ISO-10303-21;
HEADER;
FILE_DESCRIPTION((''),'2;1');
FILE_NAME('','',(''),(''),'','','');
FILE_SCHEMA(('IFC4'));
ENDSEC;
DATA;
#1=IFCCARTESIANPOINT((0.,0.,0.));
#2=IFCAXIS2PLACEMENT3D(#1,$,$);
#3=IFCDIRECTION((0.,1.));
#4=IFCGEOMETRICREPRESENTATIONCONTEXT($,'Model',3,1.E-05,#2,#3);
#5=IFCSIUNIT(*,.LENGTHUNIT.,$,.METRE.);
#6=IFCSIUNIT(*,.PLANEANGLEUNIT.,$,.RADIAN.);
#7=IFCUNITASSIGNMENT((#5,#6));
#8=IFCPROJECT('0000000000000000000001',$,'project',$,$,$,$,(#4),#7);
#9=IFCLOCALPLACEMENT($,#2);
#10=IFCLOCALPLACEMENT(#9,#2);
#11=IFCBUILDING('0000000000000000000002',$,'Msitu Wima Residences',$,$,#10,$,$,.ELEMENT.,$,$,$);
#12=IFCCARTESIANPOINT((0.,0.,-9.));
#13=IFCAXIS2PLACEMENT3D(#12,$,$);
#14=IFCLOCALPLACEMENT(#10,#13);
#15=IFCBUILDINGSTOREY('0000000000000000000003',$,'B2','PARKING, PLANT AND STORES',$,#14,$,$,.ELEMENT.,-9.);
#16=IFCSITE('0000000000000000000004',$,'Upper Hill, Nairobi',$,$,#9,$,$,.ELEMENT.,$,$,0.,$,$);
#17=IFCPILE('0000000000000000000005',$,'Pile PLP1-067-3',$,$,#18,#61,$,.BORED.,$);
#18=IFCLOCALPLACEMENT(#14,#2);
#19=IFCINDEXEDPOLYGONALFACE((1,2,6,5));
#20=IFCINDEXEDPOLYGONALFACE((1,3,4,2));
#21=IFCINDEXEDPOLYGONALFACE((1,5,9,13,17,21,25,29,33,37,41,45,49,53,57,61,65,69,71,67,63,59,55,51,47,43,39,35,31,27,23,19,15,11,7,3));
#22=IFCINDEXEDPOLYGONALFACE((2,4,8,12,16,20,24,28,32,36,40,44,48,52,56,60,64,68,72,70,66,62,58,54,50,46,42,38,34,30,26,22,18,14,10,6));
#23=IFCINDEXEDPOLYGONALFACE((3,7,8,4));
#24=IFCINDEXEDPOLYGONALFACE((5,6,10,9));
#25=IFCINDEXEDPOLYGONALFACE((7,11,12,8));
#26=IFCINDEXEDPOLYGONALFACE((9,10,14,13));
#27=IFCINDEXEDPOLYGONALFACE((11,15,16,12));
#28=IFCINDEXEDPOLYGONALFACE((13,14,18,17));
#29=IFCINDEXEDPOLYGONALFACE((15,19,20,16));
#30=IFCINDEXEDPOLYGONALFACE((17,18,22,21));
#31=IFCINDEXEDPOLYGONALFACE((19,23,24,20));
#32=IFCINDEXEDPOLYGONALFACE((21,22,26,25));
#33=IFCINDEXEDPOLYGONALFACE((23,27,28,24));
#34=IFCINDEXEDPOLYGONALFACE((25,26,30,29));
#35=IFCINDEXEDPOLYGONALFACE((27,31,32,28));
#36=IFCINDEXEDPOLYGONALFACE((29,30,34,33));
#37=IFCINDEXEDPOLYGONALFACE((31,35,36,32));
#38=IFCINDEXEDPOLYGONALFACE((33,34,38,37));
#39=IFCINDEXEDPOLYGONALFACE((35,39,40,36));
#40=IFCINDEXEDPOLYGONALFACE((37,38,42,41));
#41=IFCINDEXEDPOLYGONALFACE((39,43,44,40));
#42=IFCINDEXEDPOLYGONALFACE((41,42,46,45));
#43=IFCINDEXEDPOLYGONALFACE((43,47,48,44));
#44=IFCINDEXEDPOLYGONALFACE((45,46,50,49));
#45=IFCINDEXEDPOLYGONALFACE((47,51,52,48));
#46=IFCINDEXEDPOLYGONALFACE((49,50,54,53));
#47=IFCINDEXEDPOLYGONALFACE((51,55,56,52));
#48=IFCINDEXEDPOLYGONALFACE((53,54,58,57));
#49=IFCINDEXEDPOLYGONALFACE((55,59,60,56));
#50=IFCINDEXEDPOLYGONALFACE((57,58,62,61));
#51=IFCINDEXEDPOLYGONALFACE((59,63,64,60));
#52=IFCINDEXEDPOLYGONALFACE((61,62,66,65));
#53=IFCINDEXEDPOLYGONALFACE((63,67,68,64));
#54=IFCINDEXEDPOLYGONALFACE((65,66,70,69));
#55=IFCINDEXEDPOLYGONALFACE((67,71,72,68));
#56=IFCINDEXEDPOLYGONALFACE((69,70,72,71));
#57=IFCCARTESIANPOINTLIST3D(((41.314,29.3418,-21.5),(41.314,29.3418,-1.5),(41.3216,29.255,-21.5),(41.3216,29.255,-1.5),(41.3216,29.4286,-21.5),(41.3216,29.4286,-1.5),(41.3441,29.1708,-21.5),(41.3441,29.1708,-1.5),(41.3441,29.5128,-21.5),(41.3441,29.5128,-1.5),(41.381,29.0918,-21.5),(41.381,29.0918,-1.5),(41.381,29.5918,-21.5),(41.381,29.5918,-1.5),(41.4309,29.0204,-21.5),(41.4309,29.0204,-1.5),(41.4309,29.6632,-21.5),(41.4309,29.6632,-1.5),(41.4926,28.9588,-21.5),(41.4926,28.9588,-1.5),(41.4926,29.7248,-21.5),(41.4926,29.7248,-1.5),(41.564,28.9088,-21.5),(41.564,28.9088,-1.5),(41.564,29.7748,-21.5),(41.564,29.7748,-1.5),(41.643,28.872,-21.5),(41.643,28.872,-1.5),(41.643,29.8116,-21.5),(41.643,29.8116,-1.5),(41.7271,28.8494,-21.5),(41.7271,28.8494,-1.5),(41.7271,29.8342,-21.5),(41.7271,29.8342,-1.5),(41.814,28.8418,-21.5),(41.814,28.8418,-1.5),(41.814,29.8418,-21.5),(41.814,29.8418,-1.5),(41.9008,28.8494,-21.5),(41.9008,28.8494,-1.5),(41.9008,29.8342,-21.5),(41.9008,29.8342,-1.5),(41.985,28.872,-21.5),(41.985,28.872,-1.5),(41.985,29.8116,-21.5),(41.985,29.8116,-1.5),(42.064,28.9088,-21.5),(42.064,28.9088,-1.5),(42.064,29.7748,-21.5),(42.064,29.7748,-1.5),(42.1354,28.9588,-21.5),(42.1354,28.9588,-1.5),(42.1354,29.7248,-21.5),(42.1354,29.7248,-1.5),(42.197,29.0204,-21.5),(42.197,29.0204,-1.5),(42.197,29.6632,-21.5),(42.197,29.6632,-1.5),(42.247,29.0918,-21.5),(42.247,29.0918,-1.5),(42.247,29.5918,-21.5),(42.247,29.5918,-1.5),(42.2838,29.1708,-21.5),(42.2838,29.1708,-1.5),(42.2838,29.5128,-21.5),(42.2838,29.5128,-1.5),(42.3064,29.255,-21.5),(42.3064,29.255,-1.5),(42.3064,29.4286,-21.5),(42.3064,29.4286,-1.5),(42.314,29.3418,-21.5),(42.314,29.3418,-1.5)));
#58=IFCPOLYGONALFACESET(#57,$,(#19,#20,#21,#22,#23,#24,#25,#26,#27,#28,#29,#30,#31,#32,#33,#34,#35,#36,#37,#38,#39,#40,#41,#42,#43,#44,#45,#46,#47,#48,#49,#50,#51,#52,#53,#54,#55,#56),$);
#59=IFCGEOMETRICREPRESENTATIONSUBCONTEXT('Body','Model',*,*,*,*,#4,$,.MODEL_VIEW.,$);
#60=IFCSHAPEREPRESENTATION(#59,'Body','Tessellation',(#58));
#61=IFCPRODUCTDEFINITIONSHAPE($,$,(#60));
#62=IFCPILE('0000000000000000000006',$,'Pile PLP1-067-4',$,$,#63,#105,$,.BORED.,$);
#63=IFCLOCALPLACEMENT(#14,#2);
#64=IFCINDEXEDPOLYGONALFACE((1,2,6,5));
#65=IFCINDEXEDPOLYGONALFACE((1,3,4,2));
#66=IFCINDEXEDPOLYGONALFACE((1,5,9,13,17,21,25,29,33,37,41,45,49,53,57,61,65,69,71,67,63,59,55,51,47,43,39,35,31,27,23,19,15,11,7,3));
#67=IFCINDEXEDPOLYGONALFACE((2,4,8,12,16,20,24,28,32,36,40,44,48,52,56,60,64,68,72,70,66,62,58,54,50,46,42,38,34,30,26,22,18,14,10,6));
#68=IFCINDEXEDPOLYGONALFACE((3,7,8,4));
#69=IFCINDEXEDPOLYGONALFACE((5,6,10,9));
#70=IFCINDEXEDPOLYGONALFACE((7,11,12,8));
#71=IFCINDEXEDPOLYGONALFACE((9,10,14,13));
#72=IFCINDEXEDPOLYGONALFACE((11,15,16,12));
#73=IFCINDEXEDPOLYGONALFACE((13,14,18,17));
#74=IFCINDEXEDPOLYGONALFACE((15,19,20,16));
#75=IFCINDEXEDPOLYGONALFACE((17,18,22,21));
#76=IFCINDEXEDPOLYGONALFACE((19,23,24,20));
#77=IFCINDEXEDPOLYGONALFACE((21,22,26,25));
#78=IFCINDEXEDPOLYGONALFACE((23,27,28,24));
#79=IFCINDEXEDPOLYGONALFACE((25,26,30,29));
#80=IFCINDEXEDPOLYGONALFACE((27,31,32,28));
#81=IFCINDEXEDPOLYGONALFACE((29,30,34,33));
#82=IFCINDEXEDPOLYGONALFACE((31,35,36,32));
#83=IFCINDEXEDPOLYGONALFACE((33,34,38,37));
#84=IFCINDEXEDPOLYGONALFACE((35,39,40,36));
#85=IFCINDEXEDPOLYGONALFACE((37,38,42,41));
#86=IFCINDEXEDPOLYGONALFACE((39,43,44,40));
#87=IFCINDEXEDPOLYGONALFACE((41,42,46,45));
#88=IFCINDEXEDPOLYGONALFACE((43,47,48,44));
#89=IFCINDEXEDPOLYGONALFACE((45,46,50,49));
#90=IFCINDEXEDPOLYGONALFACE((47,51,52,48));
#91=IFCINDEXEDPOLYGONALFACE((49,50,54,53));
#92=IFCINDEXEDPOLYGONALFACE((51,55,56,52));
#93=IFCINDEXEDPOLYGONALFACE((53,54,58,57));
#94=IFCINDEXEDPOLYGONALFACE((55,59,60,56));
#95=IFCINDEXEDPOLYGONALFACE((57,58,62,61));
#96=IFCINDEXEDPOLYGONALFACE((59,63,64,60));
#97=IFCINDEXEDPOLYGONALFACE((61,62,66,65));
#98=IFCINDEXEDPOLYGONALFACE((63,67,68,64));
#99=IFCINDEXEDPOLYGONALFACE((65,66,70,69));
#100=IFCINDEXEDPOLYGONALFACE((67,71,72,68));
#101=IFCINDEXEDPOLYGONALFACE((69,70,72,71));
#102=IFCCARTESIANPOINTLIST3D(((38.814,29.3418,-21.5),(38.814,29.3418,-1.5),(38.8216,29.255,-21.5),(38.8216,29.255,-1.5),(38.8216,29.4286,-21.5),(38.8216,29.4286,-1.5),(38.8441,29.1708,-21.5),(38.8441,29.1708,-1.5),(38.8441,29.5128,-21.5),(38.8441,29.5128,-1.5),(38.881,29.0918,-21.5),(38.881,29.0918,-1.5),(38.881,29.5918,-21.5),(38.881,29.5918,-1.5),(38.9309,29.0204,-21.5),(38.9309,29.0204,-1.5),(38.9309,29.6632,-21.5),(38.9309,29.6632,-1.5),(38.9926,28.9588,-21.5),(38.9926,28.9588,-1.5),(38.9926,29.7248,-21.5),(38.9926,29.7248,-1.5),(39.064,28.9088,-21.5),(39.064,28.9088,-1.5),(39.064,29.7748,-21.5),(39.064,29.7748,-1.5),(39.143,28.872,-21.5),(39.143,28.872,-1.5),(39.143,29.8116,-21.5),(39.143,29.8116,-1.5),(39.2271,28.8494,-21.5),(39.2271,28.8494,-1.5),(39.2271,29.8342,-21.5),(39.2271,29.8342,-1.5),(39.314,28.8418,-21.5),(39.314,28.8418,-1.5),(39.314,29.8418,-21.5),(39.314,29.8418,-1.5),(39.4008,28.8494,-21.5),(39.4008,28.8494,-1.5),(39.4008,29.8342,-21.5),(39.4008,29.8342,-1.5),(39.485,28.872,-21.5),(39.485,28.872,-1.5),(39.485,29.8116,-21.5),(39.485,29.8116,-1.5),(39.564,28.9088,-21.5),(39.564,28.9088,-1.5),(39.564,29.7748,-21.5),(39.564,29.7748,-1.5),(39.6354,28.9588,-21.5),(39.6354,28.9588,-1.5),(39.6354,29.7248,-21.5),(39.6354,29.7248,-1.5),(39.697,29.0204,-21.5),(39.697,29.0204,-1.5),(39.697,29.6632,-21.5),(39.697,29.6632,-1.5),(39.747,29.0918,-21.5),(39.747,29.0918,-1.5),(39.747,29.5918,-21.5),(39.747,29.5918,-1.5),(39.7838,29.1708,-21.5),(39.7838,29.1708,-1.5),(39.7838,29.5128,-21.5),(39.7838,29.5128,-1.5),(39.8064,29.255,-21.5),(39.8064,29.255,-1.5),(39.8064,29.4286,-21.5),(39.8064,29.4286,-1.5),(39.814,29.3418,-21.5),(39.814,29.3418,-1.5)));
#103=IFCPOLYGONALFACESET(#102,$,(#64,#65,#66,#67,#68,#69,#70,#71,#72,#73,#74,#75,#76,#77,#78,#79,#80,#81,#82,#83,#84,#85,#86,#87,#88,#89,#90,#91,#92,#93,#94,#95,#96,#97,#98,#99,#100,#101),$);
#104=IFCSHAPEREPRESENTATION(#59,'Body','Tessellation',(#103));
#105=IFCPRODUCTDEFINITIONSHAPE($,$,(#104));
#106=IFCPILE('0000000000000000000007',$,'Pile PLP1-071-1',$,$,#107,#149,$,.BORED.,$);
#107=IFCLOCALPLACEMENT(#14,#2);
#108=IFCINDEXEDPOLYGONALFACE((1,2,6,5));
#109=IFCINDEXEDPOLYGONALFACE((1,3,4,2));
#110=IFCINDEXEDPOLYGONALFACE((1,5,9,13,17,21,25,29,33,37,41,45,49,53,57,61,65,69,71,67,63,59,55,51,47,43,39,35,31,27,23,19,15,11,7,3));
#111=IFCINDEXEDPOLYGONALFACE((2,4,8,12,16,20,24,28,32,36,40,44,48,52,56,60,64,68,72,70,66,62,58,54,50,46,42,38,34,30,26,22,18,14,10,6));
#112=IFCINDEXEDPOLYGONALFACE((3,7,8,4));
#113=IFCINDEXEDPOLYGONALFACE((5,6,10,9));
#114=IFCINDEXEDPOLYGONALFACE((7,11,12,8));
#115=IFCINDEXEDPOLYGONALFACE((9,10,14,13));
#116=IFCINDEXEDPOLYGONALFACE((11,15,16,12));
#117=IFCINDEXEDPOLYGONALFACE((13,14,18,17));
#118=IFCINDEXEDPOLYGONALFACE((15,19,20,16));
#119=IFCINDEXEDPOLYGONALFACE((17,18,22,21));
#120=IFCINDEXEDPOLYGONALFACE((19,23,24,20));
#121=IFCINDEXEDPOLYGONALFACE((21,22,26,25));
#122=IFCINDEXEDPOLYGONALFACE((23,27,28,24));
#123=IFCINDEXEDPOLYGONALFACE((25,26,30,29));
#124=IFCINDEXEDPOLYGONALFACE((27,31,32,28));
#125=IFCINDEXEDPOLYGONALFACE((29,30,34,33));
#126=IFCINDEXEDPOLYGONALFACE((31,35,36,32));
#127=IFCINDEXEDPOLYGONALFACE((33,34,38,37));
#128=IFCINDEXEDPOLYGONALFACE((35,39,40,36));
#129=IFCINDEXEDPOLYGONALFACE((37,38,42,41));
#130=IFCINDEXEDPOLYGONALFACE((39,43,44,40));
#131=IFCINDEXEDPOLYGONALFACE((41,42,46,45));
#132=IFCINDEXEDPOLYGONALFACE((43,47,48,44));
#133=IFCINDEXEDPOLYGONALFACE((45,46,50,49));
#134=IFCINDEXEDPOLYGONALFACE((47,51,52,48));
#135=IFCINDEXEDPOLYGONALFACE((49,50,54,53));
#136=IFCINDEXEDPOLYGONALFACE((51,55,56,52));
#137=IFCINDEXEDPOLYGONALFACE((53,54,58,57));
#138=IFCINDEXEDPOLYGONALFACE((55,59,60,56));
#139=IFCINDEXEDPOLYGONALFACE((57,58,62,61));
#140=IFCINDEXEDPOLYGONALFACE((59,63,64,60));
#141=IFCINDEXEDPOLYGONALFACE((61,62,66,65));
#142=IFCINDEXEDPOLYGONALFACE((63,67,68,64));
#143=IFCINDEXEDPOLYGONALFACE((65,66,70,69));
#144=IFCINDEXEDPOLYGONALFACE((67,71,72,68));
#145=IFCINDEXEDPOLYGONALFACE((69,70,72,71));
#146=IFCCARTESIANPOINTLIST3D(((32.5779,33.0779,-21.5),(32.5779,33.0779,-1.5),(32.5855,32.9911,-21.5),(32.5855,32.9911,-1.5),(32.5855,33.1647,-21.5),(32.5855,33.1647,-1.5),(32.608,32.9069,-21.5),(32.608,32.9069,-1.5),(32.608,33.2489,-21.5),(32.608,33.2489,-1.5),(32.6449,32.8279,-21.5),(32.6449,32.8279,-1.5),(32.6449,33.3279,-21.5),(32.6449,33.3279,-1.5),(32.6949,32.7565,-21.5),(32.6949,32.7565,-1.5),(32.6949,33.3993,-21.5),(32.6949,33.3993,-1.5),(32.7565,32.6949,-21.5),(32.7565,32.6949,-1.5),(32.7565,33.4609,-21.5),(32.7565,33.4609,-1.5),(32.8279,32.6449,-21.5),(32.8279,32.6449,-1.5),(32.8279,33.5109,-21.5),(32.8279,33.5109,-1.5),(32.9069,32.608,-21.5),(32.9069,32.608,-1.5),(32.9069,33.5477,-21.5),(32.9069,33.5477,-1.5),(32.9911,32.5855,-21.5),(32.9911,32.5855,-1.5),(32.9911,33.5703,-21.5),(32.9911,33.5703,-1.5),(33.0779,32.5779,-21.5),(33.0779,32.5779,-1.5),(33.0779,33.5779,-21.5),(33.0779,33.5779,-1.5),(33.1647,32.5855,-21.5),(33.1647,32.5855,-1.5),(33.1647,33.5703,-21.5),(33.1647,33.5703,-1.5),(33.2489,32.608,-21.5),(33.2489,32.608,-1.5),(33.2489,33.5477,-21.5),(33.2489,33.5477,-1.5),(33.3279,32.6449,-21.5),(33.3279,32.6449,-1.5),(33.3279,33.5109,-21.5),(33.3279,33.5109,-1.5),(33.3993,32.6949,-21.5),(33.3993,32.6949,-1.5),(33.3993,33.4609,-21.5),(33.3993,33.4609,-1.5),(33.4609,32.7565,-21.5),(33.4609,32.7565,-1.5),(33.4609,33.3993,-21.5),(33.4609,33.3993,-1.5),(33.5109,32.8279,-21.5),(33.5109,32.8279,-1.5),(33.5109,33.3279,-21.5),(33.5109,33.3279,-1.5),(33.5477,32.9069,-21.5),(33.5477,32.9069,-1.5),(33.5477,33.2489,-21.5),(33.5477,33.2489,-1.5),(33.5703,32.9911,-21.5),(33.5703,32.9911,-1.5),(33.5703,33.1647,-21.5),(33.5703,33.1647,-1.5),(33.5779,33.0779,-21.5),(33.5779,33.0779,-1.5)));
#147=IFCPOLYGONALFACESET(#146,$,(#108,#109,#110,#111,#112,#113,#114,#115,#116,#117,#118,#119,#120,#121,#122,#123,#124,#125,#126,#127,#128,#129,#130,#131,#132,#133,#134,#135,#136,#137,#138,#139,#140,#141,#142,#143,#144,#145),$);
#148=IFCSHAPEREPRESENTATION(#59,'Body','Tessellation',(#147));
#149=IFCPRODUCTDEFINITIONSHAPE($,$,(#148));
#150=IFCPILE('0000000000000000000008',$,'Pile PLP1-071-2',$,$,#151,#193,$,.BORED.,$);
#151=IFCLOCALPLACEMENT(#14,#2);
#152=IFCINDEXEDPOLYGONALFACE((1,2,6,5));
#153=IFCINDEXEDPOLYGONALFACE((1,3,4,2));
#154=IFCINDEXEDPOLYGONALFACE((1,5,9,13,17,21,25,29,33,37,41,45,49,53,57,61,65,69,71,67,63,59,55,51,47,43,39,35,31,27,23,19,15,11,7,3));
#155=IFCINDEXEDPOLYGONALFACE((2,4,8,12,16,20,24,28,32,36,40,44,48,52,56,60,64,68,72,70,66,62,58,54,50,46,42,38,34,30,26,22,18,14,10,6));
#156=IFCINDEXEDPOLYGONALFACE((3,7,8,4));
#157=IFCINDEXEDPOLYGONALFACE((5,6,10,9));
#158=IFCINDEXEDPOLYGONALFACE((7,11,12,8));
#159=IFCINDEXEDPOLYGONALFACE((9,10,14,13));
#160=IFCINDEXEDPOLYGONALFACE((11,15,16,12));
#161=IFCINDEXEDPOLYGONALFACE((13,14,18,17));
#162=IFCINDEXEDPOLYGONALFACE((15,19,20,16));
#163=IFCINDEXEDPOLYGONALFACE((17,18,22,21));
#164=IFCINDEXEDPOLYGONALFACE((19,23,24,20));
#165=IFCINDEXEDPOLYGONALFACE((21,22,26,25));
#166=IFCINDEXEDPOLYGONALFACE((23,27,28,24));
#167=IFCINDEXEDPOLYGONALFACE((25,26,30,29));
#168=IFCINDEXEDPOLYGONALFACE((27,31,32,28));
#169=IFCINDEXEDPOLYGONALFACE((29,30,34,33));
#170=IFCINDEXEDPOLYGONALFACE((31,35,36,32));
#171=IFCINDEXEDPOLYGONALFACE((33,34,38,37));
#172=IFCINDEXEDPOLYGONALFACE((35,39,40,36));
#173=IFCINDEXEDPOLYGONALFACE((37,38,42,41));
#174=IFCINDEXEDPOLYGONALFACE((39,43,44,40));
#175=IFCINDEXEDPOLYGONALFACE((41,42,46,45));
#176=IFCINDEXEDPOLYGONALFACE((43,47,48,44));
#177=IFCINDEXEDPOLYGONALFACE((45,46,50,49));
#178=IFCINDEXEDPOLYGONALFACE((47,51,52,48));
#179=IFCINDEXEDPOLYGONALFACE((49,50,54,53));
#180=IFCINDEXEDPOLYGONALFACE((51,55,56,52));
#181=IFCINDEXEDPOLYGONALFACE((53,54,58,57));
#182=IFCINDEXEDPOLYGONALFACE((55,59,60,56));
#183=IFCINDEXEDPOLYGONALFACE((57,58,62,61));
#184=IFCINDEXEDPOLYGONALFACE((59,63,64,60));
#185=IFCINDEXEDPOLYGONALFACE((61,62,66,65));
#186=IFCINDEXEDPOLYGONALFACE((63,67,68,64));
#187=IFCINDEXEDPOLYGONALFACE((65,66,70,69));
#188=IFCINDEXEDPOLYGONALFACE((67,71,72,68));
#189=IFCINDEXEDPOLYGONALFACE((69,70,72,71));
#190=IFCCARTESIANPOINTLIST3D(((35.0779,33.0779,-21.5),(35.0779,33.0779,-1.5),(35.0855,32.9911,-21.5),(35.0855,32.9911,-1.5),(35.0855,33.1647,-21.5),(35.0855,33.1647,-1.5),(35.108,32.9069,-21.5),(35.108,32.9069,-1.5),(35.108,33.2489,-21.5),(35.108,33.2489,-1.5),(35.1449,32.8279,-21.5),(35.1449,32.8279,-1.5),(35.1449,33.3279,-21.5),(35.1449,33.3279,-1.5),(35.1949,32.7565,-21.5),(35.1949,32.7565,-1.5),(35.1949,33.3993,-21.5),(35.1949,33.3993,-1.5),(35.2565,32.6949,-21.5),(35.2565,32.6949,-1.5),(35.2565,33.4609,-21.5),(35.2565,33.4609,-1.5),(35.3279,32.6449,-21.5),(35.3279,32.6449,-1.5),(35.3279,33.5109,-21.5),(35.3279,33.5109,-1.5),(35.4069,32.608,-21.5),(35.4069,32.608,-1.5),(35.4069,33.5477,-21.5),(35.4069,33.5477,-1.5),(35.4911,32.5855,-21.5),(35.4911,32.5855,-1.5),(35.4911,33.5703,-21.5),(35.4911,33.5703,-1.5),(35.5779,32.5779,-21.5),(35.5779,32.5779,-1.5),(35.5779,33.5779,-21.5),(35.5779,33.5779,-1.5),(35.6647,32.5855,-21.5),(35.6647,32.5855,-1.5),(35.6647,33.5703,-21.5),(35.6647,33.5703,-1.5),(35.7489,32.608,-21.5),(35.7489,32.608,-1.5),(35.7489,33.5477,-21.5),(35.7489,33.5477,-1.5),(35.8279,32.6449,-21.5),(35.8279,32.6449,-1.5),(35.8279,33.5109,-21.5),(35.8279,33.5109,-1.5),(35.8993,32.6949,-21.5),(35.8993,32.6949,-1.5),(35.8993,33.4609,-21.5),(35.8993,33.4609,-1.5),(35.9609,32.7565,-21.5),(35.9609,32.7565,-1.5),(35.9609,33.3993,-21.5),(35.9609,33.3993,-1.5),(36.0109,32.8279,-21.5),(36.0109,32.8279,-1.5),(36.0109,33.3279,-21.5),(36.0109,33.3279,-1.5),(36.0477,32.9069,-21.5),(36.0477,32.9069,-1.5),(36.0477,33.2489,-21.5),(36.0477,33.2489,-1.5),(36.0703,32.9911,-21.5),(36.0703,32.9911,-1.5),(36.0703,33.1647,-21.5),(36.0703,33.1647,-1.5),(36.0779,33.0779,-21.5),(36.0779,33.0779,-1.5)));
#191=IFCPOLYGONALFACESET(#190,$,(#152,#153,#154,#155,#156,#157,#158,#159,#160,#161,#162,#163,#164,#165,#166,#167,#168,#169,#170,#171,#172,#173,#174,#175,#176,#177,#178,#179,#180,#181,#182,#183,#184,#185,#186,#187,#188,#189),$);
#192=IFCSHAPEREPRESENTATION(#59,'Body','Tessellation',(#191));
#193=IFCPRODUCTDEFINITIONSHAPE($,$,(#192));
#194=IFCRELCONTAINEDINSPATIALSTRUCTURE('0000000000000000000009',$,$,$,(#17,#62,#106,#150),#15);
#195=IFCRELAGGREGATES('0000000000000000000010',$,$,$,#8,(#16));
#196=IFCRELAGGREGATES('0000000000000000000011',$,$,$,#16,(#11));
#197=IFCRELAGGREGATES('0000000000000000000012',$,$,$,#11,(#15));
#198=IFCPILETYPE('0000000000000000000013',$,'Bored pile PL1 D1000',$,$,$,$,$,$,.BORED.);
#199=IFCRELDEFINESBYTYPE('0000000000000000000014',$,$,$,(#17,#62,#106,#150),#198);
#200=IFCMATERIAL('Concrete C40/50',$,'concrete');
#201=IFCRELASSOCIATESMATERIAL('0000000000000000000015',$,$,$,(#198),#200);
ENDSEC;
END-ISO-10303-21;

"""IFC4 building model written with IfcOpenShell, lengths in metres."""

from ifc_helpers import new_model, si_unit, direction, frame, origin, origin_2d, place, context, subcontext, project, spatial, circle, extrude, material, type_object, element, save


model = new_model("IFC4")

# Units and contexts
model_context = context("Model", 3, precision=1e-05, world=origin(), true_north=direction((0.0, 1.0)))
body_context = subcontext(model_context, "Body", "Model", "MODEL_VIEW")
ifc_project = project(units=[si_unit("LENGTHUNIT", "METRE"), si_unit("PLANEANGLEUNIT", "RADIAN")], contexts=[model_context])

# Site, building, storey
site_placement = place(None, origin())
site = spatial("IfcSite", under=ifc_project, at=site_placement, Name="Upper Hill, Nairobi", CompositionType="ELEMENT", RefElevation=0.0)
building_placement = place(site_placement, origin())
building = spatial("IfcBuilding", under=site, at=building_placement, Name="Msitu Wima Residences", CompositionType="ELEMENT")
storey_placement = place(building_placement, frame((0.0, 0.0, -9.0)))
storey = spatial("IfcBuildingStorey", under=building, at=storey_placement, Name="B2", Description="PARKING, PLANT AND STORES", CompositionType="ELEMENT", Elevation=-9.0)

# Piles
ifc_material_1 = material(Name="Concrete C40/50", Category="concrete")
pile_type = type_object("IfcPileType", Name="Bored pile PL1 D1000", PredefinedType="BORED", material=ifc_material_1)
for number, where, z_axis, x_axis, name in (
    (1, (41.814, 29.3418, -1.5), (0.0, 0.0, -1.0), (1.0, 0.0, 0.0), "Pile PLP1-067-3"),
    (2, (39.314, 29.3418, -1.5), (0.0, 0.0, -1.0), (1.0, 0.0, 0.0), "Pile PLP1-067-4"),
    (3, (33.0779, 33.0779, -1.5), (0.0, 0.0, -1.0), (1.0, 0.0, 0.0), "Pile PLP1-071-1"),
    (4, (35.5779, 33.0779, -1.5), (0.0, 0.0, -1.0), (1.0, 0.0, 0.0), "Pile PLP1-071-2"),
):
    element("IfcPile", number, at=place(storey_placement, frame(where, z_axis=z_axis, x_axis=x_axis)), inside=storey, type_object=pile_type, Name=name, PredefinedType="BORED", context=body_context, shape_type="SweptSolid", body=[
        extrude(circle(Radius=0.5, at=origin_2d()), origin(), (0.0, 0.0, 1.0), 20.0),
    ])

save(model, "model.ifc")
